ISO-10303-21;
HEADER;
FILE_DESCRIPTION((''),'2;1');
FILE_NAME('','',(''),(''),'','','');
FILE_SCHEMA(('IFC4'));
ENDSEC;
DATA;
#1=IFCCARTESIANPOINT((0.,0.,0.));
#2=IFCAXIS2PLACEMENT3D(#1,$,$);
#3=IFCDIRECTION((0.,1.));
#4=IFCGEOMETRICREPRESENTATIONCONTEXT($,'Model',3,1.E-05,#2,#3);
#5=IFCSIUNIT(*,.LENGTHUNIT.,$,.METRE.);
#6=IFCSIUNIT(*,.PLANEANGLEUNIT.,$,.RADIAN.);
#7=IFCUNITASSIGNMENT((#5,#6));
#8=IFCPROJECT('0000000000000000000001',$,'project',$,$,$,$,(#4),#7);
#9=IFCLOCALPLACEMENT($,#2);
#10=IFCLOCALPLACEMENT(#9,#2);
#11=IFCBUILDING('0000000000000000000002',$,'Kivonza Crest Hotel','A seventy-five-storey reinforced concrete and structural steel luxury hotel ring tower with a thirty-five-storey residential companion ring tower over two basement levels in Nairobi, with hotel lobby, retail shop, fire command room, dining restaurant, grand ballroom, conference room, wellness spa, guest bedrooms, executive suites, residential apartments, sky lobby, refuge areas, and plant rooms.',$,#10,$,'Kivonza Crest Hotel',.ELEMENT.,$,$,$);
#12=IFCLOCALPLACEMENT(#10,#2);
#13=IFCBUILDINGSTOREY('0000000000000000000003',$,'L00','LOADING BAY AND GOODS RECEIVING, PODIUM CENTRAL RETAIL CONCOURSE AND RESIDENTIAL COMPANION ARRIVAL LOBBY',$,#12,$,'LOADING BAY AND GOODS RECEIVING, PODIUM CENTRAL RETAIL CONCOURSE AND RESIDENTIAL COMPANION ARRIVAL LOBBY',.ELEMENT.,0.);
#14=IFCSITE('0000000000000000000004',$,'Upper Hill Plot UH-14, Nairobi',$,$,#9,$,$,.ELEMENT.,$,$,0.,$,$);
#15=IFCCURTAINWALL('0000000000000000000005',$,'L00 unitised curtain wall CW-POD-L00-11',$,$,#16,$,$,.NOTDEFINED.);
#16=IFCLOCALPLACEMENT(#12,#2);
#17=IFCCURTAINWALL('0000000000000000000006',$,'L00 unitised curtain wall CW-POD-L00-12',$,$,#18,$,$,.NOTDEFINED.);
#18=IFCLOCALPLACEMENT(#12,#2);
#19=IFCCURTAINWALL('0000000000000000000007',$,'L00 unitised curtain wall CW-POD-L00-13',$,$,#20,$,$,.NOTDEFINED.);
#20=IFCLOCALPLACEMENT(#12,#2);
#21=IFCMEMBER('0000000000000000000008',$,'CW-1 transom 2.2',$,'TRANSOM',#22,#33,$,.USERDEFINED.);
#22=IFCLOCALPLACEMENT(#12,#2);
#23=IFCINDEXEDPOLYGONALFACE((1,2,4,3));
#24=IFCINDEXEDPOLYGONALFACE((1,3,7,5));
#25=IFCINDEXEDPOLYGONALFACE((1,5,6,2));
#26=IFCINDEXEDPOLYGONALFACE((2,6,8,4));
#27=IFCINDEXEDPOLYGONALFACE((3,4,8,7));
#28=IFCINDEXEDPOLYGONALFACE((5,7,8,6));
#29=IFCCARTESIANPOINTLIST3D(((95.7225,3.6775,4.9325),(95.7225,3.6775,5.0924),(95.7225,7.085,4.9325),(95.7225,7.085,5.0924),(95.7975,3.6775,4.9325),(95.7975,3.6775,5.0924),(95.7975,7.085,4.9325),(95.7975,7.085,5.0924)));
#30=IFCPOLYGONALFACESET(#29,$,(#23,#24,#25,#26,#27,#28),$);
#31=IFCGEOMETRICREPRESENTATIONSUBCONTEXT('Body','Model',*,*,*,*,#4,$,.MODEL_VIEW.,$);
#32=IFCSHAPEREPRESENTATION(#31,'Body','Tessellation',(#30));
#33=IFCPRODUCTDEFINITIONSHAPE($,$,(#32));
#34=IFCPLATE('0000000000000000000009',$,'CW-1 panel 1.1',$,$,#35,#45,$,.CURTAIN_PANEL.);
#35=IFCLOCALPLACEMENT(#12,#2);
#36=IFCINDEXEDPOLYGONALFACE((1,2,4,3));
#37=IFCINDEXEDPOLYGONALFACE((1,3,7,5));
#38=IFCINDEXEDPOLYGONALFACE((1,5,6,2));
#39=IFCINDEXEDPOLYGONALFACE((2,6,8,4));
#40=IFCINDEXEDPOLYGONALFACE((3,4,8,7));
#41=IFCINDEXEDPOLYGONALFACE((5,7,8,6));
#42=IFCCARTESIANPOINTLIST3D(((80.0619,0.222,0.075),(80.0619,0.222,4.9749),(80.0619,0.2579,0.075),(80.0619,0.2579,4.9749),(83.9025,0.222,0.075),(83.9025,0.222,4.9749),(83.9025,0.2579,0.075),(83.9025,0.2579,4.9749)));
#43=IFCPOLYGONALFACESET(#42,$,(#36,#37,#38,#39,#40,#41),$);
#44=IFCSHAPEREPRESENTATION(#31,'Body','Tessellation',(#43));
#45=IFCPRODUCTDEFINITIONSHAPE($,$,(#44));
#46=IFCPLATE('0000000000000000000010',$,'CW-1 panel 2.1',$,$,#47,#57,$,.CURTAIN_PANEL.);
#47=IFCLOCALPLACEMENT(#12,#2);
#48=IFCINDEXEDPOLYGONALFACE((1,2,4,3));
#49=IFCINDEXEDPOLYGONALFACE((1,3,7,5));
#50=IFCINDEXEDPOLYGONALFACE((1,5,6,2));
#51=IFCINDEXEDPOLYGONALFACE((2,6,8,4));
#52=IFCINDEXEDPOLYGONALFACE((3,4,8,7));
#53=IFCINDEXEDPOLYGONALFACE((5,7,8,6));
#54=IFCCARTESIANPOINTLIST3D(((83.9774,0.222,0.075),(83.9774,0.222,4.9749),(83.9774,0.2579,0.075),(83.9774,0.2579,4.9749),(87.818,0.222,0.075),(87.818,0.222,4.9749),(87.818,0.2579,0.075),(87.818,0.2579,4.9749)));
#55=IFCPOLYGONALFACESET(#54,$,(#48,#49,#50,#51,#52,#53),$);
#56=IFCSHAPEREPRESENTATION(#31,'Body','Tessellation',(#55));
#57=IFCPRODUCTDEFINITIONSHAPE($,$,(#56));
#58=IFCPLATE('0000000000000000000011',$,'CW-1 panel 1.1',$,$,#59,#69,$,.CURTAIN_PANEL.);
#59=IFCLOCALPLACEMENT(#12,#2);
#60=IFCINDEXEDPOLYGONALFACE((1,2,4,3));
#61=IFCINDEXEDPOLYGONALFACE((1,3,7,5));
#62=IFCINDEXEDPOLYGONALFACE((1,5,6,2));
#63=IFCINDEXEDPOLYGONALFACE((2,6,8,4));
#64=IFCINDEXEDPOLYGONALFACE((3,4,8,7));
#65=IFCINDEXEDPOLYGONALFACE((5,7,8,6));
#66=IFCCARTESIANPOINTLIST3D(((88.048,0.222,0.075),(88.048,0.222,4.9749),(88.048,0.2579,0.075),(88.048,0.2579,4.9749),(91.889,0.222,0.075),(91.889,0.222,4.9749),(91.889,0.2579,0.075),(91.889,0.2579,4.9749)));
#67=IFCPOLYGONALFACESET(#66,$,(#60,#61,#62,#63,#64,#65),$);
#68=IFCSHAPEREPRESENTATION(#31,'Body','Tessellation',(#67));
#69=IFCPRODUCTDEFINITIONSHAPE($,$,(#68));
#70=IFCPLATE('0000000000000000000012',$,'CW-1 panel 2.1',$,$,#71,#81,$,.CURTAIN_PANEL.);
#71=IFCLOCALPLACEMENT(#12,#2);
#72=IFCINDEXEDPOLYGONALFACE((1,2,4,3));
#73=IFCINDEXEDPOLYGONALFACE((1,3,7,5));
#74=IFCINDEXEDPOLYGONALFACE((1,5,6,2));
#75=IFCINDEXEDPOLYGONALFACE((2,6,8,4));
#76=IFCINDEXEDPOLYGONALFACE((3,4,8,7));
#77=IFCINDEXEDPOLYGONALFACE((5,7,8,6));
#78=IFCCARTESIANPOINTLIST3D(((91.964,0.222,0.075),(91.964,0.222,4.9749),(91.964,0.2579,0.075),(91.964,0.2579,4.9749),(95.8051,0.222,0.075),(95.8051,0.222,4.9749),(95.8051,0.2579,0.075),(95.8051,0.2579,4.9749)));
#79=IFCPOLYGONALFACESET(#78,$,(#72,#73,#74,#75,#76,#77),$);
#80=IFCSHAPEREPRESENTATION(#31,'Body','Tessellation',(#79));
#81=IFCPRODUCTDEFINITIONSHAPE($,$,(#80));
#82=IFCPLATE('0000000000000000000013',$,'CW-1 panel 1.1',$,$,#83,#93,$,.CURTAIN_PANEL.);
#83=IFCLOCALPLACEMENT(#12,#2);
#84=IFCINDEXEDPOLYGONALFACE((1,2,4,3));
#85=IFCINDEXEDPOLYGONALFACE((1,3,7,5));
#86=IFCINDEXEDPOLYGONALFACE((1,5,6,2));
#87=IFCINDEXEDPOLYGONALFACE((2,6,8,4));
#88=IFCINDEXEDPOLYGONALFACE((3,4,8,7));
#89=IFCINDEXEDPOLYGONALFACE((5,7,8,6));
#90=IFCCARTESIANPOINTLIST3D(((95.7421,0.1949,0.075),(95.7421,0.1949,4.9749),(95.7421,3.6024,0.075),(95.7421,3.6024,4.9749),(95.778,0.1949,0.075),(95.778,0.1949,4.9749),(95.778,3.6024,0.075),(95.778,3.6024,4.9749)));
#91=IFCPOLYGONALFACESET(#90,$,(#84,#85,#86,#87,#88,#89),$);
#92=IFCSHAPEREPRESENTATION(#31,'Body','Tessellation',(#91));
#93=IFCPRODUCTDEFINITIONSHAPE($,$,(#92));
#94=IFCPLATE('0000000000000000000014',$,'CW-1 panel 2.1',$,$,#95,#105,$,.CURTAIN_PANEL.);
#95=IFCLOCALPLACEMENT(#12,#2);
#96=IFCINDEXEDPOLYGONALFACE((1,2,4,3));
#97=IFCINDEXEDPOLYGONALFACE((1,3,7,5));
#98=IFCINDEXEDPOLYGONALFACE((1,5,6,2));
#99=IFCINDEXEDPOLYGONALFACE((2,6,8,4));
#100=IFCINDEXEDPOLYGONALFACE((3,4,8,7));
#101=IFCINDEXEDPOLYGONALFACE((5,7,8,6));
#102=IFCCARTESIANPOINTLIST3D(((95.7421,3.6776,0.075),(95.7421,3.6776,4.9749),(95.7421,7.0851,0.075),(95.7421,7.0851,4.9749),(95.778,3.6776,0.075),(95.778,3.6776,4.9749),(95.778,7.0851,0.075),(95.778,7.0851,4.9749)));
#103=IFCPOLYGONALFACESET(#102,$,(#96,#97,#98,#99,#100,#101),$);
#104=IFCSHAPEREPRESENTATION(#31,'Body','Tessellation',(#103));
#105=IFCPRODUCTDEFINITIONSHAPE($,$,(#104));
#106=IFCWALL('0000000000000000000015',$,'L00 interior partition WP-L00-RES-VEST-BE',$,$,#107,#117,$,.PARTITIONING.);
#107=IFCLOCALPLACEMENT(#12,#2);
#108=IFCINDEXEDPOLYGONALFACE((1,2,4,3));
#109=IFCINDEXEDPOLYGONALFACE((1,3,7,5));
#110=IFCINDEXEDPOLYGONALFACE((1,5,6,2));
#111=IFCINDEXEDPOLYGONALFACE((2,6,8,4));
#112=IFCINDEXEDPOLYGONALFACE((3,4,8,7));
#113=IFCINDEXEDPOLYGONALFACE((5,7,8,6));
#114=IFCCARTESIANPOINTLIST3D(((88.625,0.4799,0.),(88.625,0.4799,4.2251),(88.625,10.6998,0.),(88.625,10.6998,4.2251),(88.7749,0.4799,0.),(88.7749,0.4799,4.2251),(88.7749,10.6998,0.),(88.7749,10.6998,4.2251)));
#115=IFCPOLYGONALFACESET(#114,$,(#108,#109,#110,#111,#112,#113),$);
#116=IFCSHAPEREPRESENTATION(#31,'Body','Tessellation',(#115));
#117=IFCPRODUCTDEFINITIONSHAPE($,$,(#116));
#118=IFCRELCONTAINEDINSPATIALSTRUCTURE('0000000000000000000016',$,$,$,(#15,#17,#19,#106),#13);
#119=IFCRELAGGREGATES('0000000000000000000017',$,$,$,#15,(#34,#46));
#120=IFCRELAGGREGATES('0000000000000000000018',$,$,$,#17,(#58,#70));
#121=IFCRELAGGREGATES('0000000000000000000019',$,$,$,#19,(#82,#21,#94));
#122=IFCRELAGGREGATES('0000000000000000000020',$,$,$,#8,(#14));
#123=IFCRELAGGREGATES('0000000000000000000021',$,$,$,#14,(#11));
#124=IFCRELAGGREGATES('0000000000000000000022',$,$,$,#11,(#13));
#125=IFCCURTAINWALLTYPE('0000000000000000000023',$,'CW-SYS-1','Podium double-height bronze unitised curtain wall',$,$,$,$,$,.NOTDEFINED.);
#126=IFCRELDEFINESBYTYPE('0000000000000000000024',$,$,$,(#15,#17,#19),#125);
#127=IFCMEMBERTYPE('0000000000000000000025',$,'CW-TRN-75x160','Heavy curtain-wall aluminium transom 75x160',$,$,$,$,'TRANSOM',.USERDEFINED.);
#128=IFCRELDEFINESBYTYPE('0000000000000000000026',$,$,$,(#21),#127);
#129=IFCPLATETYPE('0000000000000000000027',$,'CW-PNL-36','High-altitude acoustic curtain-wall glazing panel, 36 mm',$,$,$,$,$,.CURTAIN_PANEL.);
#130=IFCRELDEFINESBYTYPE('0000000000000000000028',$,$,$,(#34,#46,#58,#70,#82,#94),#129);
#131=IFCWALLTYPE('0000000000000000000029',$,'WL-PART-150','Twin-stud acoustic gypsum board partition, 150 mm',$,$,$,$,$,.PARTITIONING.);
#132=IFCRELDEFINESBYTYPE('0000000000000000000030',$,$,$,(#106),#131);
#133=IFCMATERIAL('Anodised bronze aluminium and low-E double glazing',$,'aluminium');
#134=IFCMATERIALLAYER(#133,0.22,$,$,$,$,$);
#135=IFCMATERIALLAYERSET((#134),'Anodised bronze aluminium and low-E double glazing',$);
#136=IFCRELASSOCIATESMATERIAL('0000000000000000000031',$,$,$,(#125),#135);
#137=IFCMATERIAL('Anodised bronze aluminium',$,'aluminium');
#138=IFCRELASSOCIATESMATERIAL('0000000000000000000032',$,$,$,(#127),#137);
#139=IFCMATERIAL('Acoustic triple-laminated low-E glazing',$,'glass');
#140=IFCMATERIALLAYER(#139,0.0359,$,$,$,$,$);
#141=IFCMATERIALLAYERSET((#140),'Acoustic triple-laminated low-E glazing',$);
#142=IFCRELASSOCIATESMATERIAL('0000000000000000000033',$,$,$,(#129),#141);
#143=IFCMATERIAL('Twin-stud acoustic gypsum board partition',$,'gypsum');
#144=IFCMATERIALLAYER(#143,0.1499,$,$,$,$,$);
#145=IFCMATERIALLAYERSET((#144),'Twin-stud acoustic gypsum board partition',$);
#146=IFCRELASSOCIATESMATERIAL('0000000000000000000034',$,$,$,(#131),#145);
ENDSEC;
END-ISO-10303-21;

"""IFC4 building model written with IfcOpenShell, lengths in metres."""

from ifc_helpers import new_model, si_unit, direction, frame, frame_2d, origin, origin_2d, place, context, subcontext, project, spatial, rectangle, extrude, material, layer, layer_set, material_profile, profile_set, type_object, element, aggregate, save


model = new_model("IFC4")

# Units and contexts
model_context = context("Model", 3, precision=1e-05, world=origin(), true_north=direction((0.0, 1.0)))
body_context = subcontext(model_context, "Body", "Model", "MODEL_VIEW")
ifc_project = project(units=[si_unit("LENGTHUNIT", "METRE"), si_unit("PLANEANGLEUNIT", "RADIAN")], contexts=[model_context])

# Site, building, storey
site_placement = place(None, origin())
site = spatial("IfcSite", under=ifc_project, at=site_placement, Name="Upper Hill Plot UH-14, Nairobi", CompositionType="ELEMENT", RefElevation=0.0)
building_placement = place(site_placement, origin())
building = spatial("IfcBuilding", under=site, at=building_placement, Name="Kivonza Crest Hotel", Description="A seventy-five-storey reinforced concrete and structural steel luxury hotel ring tower with a thirty-five-storey residential companion ring tower over two basement levels in Nairobi, with hotel lobby, retail shop, fire command room, dining restaurant, grand ballroom, conference room, wellness spa, guest bedrooms, executive suites, residential apartments, sky lobby, refuge areas, and plant rooms.", LongName="Kivonza Crest Hotel", CompositionType="ELEMENT")
storey_placement = place(building_placement, origin())
storey = spatial("IfcBuildingStorey", under=building, at=storey_placement, Name="L00", Description="LOADING BAY AND GOODS RECEIVING, PODIUM CENTRAL RETAIL CONCOURSE AND RESIDENTIAL COMPANION ARRIVAL LOBBY", LongName="LOADING BAY AND GOODS RECEIVING, PODIUM CENTRAL RETAIL CONCOURSE AND RESIDENTIAL COMPANION ARRIVAL LOBBY", CompositionType="ELEMENT", Elevation=0.0)

# Curtain walls
ifc_material_1 = material(Name="Anodised bronze aluminium and low-E double glazing", Category="aluminium")
ifc_layer_1 = layer(ifc_material_1, 0.22)
ifc_layer_set_1 = layer_set([ifc_layer_1], Name="Anodised bronze aluminium and low-E double glazing")
curtain_wall_type = type_object("IfcCurtainWallType", Name="CW-SYS-1", Description="Podium double-height bronze unitised curtain wall", PredefinedType="NOTDEFINED", material=ifc_layer_set_1)
curtain_wall_1_placement = place(storey_placement, origin())
curtain_wall_1 = element("IfcCurtainWall", 1, at=curtain_wall_1_placement, inside=storey, type_object=curtain_wall_type, Name="L00 unitised curtain wall CW-POD-L00-11", PredefinedType="NOTDEFINED")
ifc_material_2 = material(Name="Anodised bronze aluminium", Category="aluminium")
curtain_wall_2_placement = place(storey_placement, origin())
curtain_wall_2 = element("IfcCurtainWall", 2, at=curtain_wall_2_placement, inside=storey, type_object=curtain_wall_type, Name="L00 unitised curtain wall CW-POD-L00-12", PredefinedType="NOTDEFINED")
curtain_wall_3_placement = place(storey_placement, origin())
curtain_wall_3 = element("IfcCurtainWall", 3, at=curtain_wall_3_placement, inside=storey, type_object=curtain_wall_type, Name="L00 unitised curtain wall CW-POD-L00-13", PredefinedType="NOTDEFINED")

# Member
ifc_material_profile_1 = material_profile(ifc_material_2, rectangle(XDim=0.075, YDim=0.1599, at=origin_2d()), Name="CW-T 75x160")
ifc_profile_set_1 = profile_set([ifc_material_profile_1], Name="Anodised bronze aluminium")
member_type_1 = type_object("IfcMemberType", Name="CW-TRN-75x160", Description="Heavy curtain-wall aluminium transom 75x160", ElementType="TRANSOM", PredefinedType="USERDEFINED", material=ifc_profile_set_1)
member_1_placement = place(storey_placement, frame((95.76, 3.6775, 5.0125), z_axis=(0.0, 1.0, 0.0), x_axis=(-1.0, 0.0, 0.0)))
member_1 = element("IfcMember", 4, at=member_1_placement, type_object=member_type_1, Name="CW-1 transom 2.2", ObjectType="TRANSOM", PredefinedType="USERDEFINED", context=body_context, shape_type="SweptSolid", body=[
    extrude(rectangle(XDim=0.075, YDim=0.1599, at=origin_2d()), origin(), (0.0, 0.0, 1.0), 3.4075),
])

# Plates
ifc_material_3 = material(Name="Acoustic triple-laminated low-E glazing", Category="glass")
ifc_layer_2 = layer(ifc_material_3, 0.0359)
ifc_layer_set_2 = layer_set([ifc_layer_2], Name="Acoustic triple-laminated low-E glazing")
plate_type = type_object("IfcPlateType", Name="CW-PNL-36", Description="High-altitude acoustic curtain-wall glazing panel, 36 mm", PredefinedType="CURTAIN_PANEL", material=ifc_layer_set_2)
plate_1_placement = place(storey_placement, frame((81.9822, 0.24, 0.075), z_axis=(0.0, 0.0, 1.0), x_axis=(1.0, 0.0, 0.0)))
plate_1 = element("IfcPlate", 5, at=plate_1_placement, type_object=plate_type, Name="CW-1 panel 1.1", PredefinedType="CURTAIN_PANEL", context=body_context, shape_type="SweptSolid", body=[
    extrude(rectangle(XDim=3.8406, YDim=0.0359, at=origin_2d()), origin(), (0.0, 0.0, 1.0), 4.8999),
])
plate_2_placement = place(storey_placement, frame((85.8977, 0.24, 0.075), z_axis=(0.0, 0.0, 1.0), x_axis=(1.0, 0.0, 0.0)))
plate_2 = element("IfcPlate", 6, at=plate_2_placement, type_object=plate_type, Name="CW-1 panel 2.1", PredefinedType="CURTAIN_PANEL", context=body_context, shape_type="SweptSolid", body=[
    extrude(rectangle(XDim=3.8406, YDim=0.0359, at=origin_2d()), origin(), (0.0, 0.0, 1.0), 4.8999),
])
aggregate(curtain_wall_1, [plate_1, plate_2])
plate_3_placement = place(storey_placement, frame((89.9685, 0.24, 0.075), z_axis=(0.0, 0.0, 1.0), x_axis=(1.0, 0.0, 0.0)))
plate_3 = element("IfcPlate", 7, at=plate_3_placement, type_object=plate_type, Name="CW-1 panel 1.1", PredefinedType="CURTAIN_PANEL", context=body_context, shape_type="SweptSolid", body=[
    extrude(rectangle(XDim=3.8411, YDim=0.0359, at=origin_2d()), origin(), (0.0, 0.0, 1.0), 4.8999),
])
plate_4_placement = place(storey_placement, frame((93.8845, 0.24, 0.075), z_axis=(0.0, 0.0, 1.0), x_axis=(1.0, 0.0, 0.0)))
plate_4 = element("IfcPlate", 8, at=plate_4_placement, type_object=plate_type, Name="CW-1 panel 2.1", PredefinedType="CURTAIN_PANEL", context=body_context, shape_type="SweptSolid", body=[
    extrude(rectangle(XDim=3.8411, YDim=0.0359, at=origin_2d()), origin(), (0.0, 0.0, 1.0), 4.8999),
])
aggregate(curtain_wall_2, [plate_3, plate_4])
plate_5_placement = place(storey_placement, frame((95.76, 1.8987, 0.075), z_axis=(0.0, 0.0, 1.0), x_axis=(0.0, 1.0, 0.0)))
plate_5 = element("IfcPlate", 9, at=plate_5_placement, type_object=plate_type, Name="CW-1 panel 1.1", PredefinedType="CURTAIN_PANEL", context=body_context, shape_type="SweptSolid", body=[
    extrude(rectangle(XDim=3.4075, YDim=0.0359, at=origin_2d()), origin(), (0.0, 0.0, 1.0), 4.8999),
])
plate_6_placement = place(storey_placement, frame((95.76, 5.3813, 0.075), z_axis=(0.0, 0.0, 1.0), x_axis=(0.0, 1.0, 0.0)))
plate_6 = element("IfcPlate", 10, at=plate_6_placement, type_object=plate_type, Name="CW-1 panel 2.1", PredefinedType="CURTAIN_PANEL", context=body_context, shape_type="SweptSolid", body=[
    extrude(rectangle(XDim=3.4075, YDim=0.0359, at=origin_2d()), origin(), (0.0, 0.0, 1.0), 4.8999),
])
aggregate(curtain_wall_3, [plate_5, member_1, plate_6])

# Wall
ifc_material_4 = material(Name="Twin-stud acoustic gypsum board partition", Category="gypsum")
ifc_layer_3 = layer(ifc_material_4, 0.1499)
ifc_layer_set_3 = layer_set([ifc_layer_3], Name="Twin-stud acoustic gypsum board partition")
wall_type = type_object("IfcWallType", Name="WL-PART-150", Description="Twin-stud acoustic gypsum board partition, 150 mm", PredefinedType="PARTITIONING", material=ifc_layer_set_3)
wall_placement = place(storey_placement, frame((88.7, 0.48, 0.0), z_axis=(0.0, 0.0, 1.0), x_axis=(0.0, 1.0, 0.0)))
element("IfcWall", 11, at=wall_placement, inside=storey, type_object=wall_type, Name="L00 interior partition WP-L00-RES-VEST-BE", PredefinedType="PARTITIONING", context=body_context, shape_type="SweptSolid", body=[
    extrude(rectangle(XDim=10.22, YDim=0.1499, at=frame_2d((5.1099, 0.0))), origin(), (0.0, 0.0, 1.0), 4.2251),
])

save(model, "model.ifc")
